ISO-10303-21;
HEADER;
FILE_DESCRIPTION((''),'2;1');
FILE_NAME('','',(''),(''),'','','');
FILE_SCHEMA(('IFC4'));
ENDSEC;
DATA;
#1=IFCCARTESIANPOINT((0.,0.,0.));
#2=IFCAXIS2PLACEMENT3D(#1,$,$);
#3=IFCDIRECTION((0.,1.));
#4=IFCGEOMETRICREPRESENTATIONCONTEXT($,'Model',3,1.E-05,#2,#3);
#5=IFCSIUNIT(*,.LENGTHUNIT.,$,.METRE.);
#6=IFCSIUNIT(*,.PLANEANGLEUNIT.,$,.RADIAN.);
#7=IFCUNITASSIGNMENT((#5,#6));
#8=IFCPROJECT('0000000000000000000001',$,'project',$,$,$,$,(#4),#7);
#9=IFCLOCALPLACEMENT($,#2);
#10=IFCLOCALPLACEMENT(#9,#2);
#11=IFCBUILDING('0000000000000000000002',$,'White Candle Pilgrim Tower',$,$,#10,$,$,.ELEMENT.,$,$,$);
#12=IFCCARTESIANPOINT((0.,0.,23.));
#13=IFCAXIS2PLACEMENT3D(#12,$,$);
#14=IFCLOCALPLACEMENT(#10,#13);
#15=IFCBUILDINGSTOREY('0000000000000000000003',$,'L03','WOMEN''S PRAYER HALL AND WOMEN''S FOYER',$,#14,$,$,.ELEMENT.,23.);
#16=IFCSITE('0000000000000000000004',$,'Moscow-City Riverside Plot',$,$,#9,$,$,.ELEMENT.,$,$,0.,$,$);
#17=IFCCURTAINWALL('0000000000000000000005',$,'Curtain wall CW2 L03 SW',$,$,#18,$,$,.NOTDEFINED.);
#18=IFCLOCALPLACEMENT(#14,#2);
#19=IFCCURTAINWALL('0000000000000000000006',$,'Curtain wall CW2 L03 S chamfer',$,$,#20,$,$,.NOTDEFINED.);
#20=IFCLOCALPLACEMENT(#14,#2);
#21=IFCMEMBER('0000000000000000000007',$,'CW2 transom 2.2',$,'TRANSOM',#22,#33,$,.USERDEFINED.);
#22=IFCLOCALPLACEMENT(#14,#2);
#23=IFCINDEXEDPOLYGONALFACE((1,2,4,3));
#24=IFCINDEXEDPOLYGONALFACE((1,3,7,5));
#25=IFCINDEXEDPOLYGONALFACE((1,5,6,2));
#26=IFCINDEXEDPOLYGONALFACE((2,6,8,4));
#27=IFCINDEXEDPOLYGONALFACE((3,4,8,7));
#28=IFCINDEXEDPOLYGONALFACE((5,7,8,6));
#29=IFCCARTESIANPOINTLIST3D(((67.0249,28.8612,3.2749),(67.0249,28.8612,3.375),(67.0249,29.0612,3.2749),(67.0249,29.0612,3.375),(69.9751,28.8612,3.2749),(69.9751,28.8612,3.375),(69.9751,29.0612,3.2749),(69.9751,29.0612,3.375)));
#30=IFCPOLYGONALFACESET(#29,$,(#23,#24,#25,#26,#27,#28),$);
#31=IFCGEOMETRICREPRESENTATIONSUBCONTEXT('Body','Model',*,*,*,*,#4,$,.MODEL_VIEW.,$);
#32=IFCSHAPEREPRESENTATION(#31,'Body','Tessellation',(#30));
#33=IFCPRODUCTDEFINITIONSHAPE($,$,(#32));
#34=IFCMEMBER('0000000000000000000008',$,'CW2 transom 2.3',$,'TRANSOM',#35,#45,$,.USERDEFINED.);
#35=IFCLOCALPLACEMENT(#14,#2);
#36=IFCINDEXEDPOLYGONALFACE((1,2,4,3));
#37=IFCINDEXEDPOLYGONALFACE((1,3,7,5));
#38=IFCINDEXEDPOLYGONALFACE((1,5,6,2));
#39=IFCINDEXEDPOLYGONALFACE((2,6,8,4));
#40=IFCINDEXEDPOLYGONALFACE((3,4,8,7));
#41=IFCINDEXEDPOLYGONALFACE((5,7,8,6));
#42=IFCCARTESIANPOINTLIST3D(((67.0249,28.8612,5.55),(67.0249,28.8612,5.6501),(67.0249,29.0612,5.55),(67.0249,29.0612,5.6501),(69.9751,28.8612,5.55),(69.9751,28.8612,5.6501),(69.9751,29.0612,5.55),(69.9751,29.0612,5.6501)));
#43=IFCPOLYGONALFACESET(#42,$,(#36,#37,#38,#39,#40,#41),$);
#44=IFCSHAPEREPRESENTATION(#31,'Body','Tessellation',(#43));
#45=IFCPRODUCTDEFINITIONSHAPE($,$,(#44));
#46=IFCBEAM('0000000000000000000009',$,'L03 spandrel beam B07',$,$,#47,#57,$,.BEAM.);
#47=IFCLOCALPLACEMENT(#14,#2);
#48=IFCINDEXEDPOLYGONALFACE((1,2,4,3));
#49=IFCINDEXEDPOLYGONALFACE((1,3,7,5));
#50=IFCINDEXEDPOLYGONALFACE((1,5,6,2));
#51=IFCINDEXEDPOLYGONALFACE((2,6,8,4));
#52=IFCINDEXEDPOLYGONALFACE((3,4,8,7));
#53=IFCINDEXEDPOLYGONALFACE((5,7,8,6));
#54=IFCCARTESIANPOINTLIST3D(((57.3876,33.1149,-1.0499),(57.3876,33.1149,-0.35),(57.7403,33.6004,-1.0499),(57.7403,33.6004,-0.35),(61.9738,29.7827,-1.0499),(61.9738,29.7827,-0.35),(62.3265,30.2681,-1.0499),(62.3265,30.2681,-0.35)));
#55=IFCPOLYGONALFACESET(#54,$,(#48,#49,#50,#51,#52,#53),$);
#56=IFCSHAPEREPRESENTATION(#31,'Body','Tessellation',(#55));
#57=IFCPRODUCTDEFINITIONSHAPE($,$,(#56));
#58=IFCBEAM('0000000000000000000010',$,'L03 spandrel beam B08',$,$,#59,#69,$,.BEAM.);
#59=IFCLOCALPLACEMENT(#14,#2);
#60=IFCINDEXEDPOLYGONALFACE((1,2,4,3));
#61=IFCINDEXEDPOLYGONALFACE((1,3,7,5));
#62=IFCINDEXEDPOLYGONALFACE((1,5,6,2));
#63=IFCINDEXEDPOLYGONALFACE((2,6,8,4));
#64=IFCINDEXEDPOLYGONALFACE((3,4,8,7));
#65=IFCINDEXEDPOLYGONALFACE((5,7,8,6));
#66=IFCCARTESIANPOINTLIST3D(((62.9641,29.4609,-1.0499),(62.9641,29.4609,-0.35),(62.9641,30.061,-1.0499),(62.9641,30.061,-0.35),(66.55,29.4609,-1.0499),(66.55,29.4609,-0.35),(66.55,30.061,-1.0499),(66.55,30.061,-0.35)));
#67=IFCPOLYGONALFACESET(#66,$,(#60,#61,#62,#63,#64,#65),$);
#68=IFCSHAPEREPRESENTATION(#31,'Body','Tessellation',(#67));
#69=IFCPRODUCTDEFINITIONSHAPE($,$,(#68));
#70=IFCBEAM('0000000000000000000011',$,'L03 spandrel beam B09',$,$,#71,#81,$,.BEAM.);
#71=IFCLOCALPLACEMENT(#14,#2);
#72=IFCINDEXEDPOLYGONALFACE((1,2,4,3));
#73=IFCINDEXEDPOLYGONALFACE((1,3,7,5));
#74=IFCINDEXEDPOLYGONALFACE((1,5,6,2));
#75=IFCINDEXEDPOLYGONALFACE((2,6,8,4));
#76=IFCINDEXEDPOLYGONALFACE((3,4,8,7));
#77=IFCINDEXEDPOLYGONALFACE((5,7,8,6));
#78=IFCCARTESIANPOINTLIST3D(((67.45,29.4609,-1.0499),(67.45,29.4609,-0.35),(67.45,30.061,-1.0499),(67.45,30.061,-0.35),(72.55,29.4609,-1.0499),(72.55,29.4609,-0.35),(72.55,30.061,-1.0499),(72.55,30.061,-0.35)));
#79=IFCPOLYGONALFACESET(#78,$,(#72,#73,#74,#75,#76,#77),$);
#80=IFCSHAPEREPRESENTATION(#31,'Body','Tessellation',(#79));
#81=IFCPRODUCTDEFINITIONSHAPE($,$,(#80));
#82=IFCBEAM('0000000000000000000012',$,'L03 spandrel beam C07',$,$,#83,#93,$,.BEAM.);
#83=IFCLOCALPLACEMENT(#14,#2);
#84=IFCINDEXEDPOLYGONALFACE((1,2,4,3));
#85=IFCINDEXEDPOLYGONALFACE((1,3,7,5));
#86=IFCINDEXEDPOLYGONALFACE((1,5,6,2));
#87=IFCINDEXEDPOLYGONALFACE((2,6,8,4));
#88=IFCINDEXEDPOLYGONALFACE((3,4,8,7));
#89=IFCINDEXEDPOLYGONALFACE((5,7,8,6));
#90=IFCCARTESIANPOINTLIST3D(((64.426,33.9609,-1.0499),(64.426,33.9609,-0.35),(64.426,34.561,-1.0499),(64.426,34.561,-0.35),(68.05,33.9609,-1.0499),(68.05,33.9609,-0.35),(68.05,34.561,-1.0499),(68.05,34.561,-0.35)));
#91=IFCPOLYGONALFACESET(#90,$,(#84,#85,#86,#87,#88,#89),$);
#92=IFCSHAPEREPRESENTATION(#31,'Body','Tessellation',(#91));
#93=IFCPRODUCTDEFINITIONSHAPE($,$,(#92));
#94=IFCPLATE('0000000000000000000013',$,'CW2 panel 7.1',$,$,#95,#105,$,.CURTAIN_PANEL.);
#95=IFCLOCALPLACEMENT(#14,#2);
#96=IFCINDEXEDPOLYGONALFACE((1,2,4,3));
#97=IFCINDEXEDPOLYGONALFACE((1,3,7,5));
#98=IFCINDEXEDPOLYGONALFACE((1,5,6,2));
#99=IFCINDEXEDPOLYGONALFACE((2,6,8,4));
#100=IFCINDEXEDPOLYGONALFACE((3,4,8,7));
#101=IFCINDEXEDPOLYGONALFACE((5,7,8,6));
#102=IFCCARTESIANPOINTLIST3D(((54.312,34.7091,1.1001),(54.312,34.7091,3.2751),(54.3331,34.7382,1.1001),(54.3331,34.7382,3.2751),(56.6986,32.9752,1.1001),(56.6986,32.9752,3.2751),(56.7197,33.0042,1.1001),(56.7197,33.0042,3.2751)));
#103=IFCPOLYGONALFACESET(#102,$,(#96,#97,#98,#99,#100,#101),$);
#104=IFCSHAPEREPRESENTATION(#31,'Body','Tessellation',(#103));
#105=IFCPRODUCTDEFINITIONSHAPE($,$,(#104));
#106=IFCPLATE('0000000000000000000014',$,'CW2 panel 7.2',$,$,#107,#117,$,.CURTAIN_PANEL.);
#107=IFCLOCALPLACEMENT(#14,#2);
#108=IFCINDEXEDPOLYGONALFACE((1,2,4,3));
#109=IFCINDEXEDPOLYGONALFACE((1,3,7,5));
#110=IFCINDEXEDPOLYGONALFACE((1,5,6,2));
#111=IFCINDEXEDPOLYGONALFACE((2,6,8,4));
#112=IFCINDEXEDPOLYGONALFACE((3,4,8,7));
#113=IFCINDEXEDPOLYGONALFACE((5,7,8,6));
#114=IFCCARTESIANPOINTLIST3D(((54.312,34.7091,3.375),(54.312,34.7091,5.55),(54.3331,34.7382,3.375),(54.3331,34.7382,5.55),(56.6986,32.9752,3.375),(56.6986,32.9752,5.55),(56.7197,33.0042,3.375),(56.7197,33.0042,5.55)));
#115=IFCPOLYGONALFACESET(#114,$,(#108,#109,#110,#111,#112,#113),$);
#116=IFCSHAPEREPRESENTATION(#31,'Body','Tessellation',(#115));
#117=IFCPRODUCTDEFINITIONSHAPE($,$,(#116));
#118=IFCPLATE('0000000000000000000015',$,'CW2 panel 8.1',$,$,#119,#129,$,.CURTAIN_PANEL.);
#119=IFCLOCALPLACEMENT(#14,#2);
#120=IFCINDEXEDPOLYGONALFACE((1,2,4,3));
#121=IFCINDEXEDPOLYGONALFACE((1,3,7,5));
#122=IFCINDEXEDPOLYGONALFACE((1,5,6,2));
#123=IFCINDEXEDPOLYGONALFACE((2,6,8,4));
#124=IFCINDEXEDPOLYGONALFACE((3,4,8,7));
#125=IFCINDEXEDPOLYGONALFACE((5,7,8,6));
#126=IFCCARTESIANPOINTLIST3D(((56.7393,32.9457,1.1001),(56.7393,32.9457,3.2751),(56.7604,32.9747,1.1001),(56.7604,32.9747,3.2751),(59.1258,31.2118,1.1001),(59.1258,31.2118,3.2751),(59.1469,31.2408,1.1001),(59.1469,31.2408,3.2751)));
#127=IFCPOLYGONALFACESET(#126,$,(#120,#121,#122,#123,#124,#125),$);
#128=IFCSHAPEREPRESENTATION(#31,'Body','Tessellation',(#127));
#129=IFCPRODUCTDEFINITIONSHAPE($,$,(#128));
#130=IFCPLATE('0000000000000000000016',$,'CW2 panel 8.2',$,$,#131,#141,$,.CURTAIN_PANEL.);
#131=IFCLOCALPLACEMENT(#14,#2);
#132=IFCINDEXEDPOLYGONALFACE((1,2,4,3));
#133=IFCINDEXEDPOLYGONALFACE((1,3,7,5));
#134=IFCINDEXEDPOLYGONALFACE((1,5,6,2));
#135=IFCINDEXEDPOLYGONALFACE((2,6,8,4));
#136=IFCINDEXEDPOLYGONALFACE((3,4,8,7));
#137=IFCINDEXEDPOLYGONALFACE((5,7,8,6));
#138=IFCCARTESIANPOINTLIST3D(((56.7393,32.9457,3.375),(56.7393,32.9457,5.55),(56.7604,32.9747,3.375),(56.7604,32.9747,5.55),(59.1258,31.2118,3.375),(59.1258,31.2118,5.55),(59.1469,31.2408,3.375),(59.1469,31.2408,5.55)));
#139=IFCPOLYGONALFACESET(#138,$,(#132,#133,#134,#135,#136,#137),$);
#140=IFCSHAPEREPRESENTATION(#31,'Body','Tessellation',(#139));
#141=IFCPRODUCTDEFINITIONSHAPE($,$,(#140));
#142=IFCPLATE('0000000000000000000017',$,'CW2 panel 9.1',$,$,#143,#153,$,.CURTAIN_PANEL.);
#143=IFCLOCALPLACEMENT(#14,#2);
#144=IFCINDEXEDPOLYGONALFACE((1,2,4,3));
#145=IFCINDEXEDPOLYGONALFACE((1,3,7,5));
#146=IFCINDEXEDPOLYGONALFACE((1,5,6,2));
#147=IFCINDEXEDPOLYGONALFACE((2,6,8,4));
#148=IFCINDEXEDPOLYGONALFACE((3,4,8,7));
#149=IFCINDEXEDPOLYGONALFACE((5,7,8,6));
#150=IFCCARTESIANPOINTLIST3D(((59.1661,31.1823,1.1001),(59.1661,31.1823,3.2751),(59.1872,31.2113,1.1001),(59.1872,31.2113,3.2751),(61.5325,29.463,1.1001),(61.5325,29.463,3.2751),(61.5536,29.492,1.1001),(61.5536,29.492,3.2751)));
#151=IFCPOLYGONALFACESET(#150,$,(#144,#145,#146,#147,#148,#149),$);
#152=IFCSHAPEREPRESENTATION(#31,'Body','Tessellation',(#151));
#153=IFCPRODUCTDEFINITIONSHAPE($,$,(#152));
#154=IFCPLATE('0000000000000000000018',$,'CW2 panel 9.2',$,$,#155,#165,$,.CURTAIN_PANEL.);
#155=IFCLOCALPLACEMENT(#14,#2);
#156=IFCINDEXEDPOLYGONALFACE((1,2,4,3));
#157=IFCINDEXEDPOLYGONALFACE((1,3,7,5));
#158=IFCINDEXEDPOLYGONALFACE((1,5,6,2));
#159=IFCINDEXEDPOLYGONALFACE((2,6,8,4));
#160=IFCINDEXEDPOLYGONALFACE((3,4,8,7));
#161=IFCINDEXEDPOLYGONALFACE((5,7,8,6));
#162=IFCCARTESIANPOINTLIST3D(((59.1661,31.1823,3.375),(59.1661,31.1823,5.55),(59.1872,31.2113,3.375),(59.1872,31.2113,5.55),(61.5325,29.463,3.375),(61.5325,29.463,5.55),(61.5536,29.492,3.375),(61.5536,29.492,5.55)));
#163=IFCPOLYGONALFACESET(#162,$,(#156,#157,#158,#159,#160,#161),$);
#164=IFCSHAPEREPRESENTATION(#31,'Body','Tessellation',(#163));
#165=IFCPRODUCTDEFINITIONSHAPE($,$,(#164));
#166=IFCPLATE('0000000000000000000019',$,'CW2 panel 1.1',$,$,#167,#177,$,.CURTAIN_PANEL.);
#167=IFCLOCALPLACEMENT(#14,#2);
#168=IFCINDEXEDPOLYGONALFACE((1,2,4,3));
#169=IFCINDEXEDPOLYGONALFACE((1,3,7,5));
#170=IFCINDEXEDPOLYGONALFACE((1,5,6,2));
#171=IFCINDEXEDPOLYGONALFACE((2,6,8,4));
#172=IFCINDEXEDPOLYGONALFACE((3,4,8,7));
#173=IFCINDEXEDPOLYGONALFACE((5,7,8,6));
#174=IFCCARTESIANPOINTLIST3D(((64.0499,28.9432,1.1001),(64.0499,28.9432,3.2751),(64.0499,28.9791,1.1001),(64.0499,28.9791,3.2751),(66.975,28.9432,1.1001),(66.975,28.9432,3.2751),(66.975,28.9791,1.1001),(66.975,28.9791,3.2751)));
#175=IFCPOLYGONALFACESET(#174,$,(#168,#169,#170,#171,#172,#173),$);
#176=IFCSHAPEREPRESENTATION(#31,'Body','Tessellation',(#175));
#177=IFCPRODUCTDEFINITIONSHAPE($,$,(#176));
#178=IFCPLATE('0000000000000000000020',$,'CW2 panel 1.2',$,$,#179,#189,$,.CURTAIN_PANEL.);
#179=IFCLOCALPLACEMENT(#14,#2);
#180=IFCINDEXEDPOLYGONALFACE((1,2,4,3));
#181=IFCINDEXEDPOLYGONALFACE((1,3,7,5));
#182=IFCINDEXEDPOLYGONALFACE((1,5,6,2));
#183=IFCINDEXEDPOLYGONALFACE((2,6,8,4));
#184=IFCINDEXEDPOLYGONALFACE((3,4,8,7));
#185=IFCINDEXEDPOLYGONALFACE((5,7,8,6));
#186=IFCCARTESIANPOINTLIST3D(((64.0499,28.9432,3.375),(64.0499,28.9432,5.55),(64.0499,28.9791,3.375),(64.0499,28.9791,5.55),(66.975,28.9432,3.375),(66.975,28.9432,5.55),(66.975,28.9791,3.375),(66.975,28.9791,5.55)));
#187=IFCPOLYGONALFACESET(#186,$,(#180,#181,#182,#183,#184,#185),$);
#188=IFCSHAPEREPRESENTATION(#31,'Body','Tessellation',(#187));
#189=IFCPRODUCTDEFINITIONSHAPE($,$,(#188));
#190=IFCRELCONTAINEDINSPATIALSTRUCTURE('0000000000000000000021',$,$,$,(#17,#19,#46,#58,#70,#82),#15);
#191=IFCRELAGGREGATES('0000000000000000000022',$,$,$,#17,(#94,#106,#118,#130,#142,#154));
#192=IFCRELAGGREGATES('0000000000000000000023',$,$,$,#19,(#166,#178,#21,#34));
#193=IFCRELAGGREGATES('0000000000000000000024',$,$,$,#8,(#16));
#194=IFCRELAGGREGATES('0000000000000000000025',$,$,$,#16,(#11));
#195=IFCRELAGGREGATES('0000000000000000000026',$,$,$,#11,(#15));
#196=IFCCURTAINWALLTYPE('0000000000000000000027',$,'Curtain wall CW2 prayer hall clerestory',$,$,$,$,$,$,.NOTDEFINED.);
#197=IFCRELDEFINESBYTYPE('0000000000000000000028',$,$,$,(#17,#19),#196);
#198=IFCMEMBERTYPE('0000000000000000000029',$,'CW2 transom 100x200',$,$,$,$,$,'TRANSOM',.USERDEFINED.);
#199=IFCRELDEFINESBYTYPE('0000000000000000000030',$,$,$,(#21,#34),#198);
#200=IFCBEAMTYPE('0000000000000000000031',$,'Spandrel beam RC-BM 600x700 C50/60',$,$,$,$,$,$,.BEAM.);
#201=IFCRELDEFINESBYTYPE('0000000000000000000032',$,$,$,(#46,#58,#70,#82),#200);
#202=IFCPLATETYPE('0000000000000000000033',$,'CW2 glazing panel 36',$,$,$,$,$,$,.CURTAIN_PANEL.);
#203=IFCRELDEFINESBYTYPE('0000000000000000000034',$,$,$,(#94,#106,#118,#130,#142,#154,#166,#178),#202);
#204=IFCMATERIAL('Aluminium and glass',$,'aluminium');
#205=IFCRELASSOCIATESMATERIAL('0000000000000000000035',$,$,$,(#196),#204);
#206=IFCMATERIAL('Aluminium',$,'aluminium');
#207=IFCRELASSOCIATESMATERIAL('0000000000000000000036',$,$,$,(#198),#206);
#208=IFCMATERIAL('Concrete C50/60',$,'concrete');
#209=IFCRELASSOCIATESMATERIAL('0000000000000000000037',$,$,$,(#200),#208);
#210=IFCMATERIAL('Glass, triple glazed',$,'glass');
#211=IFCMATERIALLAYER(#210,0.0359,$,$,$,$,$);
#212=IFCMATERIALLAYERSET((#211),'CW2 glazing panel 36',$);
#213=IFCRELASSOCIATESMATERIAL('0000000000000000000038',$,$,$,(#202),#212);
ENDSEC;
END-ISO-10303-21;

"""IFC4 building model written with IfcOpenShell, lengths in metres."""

from ifc_helpers import new_model, si_unit, direction, frame, origin, origin_2d, place, context, subcontext, project, spatial, rectangle, extrude, material, layer, layer_set, material_profile, profile_set, type_object, element, aggregate, save


model = new_model("IFC4")

# Units and contexts
model_context = context("Model", 3, precision=1e-05, world=origin(), true_north=direction((0.0, 1.0)))
body_context = subcontext(model_context, "Body", "Model", "MODEL_VIEW")
ifc_project = project(units=[si_unit("LENGTHUNIT", "METRE"), si_unit("PLANEANGLEUNIT", "RADIAN")], contexts=[model_context])

# Site, building, storey
site_placement = place(None, origin())
site = spatial("IfcSite", under=ifc_project, at=site_placement, Name="Moscow-City Riverside Plot", CompositionType="ELEMENT", RefElevation=0.0)
building_placement = place(site_placement, origin())
building = spatial("IfcBuilding", under=site, at=building_placement, Name="White Candle Pilgrim Tower", CompositionType="ELEMENT")
storey_placement = place(building_placement, frame((0.0, 0.0, 23.0)))
storey = spatial("IfcBuildingStorey", under=building, at=storey_placement, Name="L03", Description="WOMEN'S PRAYER HALL AND WOMEN'S FOYER", CompositionType="ELEMENT", Elevation=23.0)

# Curtain walls
ifc_material_1 = material(Name="Aluminium and glass", Category="aluminium")
curtain_wall_type = type_object("IfcCurtainWallType", Name="Curtain wall CW2 prayer hall clerestory", PredefinedType="NOTDEFINED", material=ifc_material_1)
curtain_wall_1_placement = place(storey_placement, origin())
curtain_wall_1 = element("IfcCurtainWall", 1, at=curtain_wall_1_placement, inside=storey, type_object=curtain_wall_type, Name="Curtain wall CW2 L03 SW", PredefinedType="NOTDEFINED")
ifc_material_2 = material(Name="Aluminium", Category="aluminium")
curtain_wall_2_placement = place(storey_placement, origin())
curtain_wall_2 = element("IfcCurtainWall", 2, at=curtain_wall_2_placement, inside=storey, type_object=curtain_wall_type, Name="Curtain wall CW2 L03 S chamfer", PredefinedType="NOTDEFINED")

# Members
ifc_material_profile_1 = material_profile(ifc_material_2, rectangle(XDim=0.2, YDim=0.1001, at=origin_2d()), Name="CW2 transom 100x200")
ifc_profile_set_1 = profile_set([ifc_material_profile_1], Name="Aluminium")
member_type_1 = type_object("IfcMemberType", Name="CW2 transom 100x200", ElementType="TRANSOM", PredefinedType="USERDEFINED", material=ifc_profile_set_1)
member_1_placement = place(storey_placement, frame((67.0249, 28.9612, 3.325), z_axis=(1.0, 0.0, 0.0), x_axis=(0.0, 1.0, 0.0)))
member_1 = element("IfcMember", 3, at=member_1_placement, type_object=member_type_1, Name="CW2 transom 2.2", ObjectType="TRANSOM", PredefinedType="USERDEFINED", context=body_context, shape_type="SweptSolid", body=[
    extrude(rectangle(XDim=0.2, YDim=0.1001, at=origin_2d()), origin(), (0.0, 0.0, 1.0), 2.9502),
])
member_2_placement = place(storey_placement, frame((67.0249, 28.9612, 5.6001), z_axis=(1.0, 0.0, 0.0), x_axis=(0.0, 1.0, 0.0)))
member_2 = element("IfcMember", 4, at=member_2_placement, type_object=member_type_1, Name="CW2 transom 2.3", ObjectType="TRANSOM", PredefinedType="USERDEFINED", context=body_context, shape_type="SweptSolid", body=[
    extrude(rectangle(XDim=0.2, YDim=0.1001, at=origin_2d()), origin(), (0.0, 0.0, 1.0), 2.9502),
])

# Beams
ifc_material_3 = material(Name="Concrete C50/60", Category="concrete")
ifc_material_profile_2 = material_profile(ifc_material_3, rectangle(XDim=0.6001, YDim=0.7, at=origin_2d()), Name="RC-BM 600x700")
ifc_profile_set_2 = profile_set([ifc_material_profile_2], Name="Concrete C50/60")
beam_type = type_object("IfcBeamType", Name="Spandrel beam RC-BM 600x700 C50/60", PredefinedType="BEAM", material=ifc_profile_set_2)
beam_1_placement = place(storey_placement, frame((57.564, 33.3577, -0.7), z_axis=(0.808999, -0.587811, 0.0), x_axis=(0.587811, 0.808999, 0.0)))
element("IfcBeam", 5, at=beam_1_placement, inside=storey, type_object=beam_type, Name="L03 spandrel beam B07", PredefinedType="BEAM", context=body_context, shape_type="SweptSolid", body=[
    extrude(rectangle(XDim=0.6001, YDim=0.7, at=origin_2d()), origin(), (0.0, 0.0, 1.0), 5.6689),
])
beam_2_placement = place(storey_placement, frame((62.9641, 29.761, -0.7), z_axis=(1.0, 0.0, 0.0), x_axis=(0.0, 1.0, 0.0)))
element("IfcBeam", 6, at=beam_2_placement, inside=storey, type_object=beam_type, Name="L03 spandrel beam B08", PredefinedType="BEAM", context=body_context, shape_type="SweptSolid", body=[
    extrude(rectangle(XDim=0.6001, YDim=0.7, at=origin_2d()), origin(), (0.0, 0.0, 1.0), 3.5859),
])
beam_3_placement = place(storey_placement, frame((67.45, 29.761, -0.7), z_axis=(1.0, 0.0, 0.0), x_axis=(0.0, 1.0, 0.0)))
element("IfcBeam", 7, at=beam_3_placement, inside=storey, type_object=beam_type, Name="L03 spandrel beam B09", PredefinedType="BEAM", context=body_context, shape_type="SweptSolid", body=[
    extrude(rectangle(XDim=0.6001, YDim=0.7, at=origin_2d()), origin(), (0.0, 0.0, 1.0), 5.1001),
])
beam_4_placement = place(storey_placement, frame((64.426, 34.261, -0.7), z_axis=(1.0, 0.0, 0.0), x_axis=(0.0, 1.0, 0.0)))
element("IfcBeam", 8, at=beam_4_placement, inside=storey, type_object=beam_type, Name="L03 spandrel beam C07", PredefinedType="BEAM", context=body_context, shape_type="SweptSolid", body=[
    extrude(rectangle(XDim=0.6001, YDim=0.7, at=origin_2d()), origin(), (0.0, 0.0, 1.0), 3.624),
])

# Plates
ifc_material_4 = material(Name="Glass, triple glazed", Category="glass")
ifc_layer_1 = layer(ifc_material_4, 0.0359)
ifc_layer_set_1 = layer_set([ifc_layer_1], Name="CW2 glazing panel 36")
plate_type = type_object("IfcPlateType", Name="CW2 glazing panel 36", PredefinedType="CURTAIN_PANEL", material=ifc_layer_set_1)
plate_1_placement = place(storey_placement, frame((55.5159, 33.8567, 1.1001), z_axis=(0.0, 0.0, 1.0), x_axis=(0.809017, -0.587785, 0.0)))
plate_1 = element("IfcPlate", 9, at=plate_1_placement, type_object=plate_type, Name="CW2 panel 7.1", PredefinedType="CURTAIN_PANEL", context=body_context, shape_type="SweptSolid", body=[
    extrude(rectangle(XDim=2.95, YDim=0.0359, at=origin_2d()), origin(), (0.0, 0.0, 1.0), 2.175),
])
plate_2_placement = place(storey_placement, frame((55.5159, 33.8567, 3.375), z_axis=(0.0, 0.0, 1.0), x_axis=(0.809017, -0.587785, 0.0)))
plate_2 = element("IfcPlate", 10, at=plate_2_placement, type_object=plate_type, Name="CW2 panel 7.2", PredefinedType="CURTAIN_PANEL", context=body_context, shape_type="SweptSolid", body=[
    extrude(rectangle(XDim=2.95, YDim=0.0359, at=origin_2d()), origin(), (0.0, 0.0, 1.0), 2.175),
])
plate_3_placement = place(storey_placement, frame((57.9431, 32.0933, 1.1001), z_axis=(0.0, 0.0, 1.0), x_axis=(0.809017, -0.587785, 0.0)))
plate_3 = element("IfcPlate", 11, at=plate_3_placement, type_object=plate_type, Name="CW2 panel 8.1", PredefinedType="CURTAIN_PANEL", context=body_context, shape_type="SweptSolid", body=[
    extrude(rectangle(XDim=2.95, YDim=0.0359, at=origin_2d()), origin(), (0.0, 0.0, 1.0), 2.175),
])
plate_4_placement = place(storey_placement, frame((57.9431, 32.0933, 3.375), z_axis=(0.0, 0.0, 1.0), x_axis=(0.809017, -0.587785, 0.0)))
plate_4 = element("IfcPlate", 12, at=plate_4_placement, type_object=plate_type, Name="CW2 panel 8.2", PredefinedType="CURTAIN_PANEL", context=body_context, shape_type="SweptSolid", body=[
    extrude(rectangle(XDim=2.95, YDim=0.0359, at=origin_2d()), origin(), (0.0, 0.0, 1.0), 2.175),
])
plate_5_placement = place(storey_placement, frame((60.3599, 30.3372, 1.1001), z_axis=(0.0, 0.0, 1.0), x_axis=(0.809017, -0.587785, 0.0)))
plate_5 = element("IfcPlate", 13, at=plate_5_placement, type_object=plate_type, Name="CW2 panel 9.1", PredefinedType="CURTAIN_PANEL", context=body_context, shape_type="SweptSolid", body=[
    extrude(rectangle(XDim=2.925, YDim=0.0359, at=origin_2d()), origin(), (0.0, 0.0, 1.0), 2.175),
])
plate_6_placement = place(storey_placement, frame((60.3599, 30.3372, 3.375), z_axis=(0.0, 0.0, 1.0), x_axis=(0.809017, -0.587785, 0.0)))
plate_6 = element("IfcPlate", 14, at=plate_6_placement, type_object=plate_type, Name="CW2 panel 9.2", PredefinedType="CURTAIN_PANEL", context=body_context, shape_type="SweptSolid", body=[
    extrude(rectangle(XDim=2.925, YDim=0.0359, at=origin_2d()), origin(), (0.0, 0.0, 1.0), 2.175),
])
aggregate(curtain_wall_1, [plate_1, plate_2, plate_3, plate_4, plate_5, plate_6])
plate_7_placement = place(storey_placement, frame((65.5125, 28.9612, 1.1001), z_axis=(0.0, 0.0, 1.0), x_axis=(1.0, 0.0, 0.0)))
plate_7 = element("IfcPlate", 15, at=plate_7_placement, type_object=plate_type, Name="CW2 panel 1.1", PredefinedType="CURTAIN_PANEL", context=body_context, shape_type="SweptSolid", body=[
    extrude(rectangle(XDim=2.925, YDim=0.0359, at=origin_2d()), origin(), (0.0, 0.0, 1.0), 2.175),
])
plate_8_placement = place(storey_placement, frame((65.5125, 28.9612, 3.375), z_axis=(0.0, 0.0, 1.0), x_axis=(1.0, 0.0, 0.0)))
plate_8 = element("IfcPlate", 16, at=plate_8_placement, type_object=plate_type, Name="CW2 panel 1.2", PredefinedType="CURTAIN_PANEL", context=body_context, shape_type="SweptSolid", body=[
    extrude(rectangle(XDim=2.925, YDim=0.0359, at=origin_2d()), origin(), (0.0, 0.0, 1.0), 2.175),
])
aggregate(curtain_wall_2, [plate_7, plate_8, member_1, member_2])

save(model, "model.ifc")
